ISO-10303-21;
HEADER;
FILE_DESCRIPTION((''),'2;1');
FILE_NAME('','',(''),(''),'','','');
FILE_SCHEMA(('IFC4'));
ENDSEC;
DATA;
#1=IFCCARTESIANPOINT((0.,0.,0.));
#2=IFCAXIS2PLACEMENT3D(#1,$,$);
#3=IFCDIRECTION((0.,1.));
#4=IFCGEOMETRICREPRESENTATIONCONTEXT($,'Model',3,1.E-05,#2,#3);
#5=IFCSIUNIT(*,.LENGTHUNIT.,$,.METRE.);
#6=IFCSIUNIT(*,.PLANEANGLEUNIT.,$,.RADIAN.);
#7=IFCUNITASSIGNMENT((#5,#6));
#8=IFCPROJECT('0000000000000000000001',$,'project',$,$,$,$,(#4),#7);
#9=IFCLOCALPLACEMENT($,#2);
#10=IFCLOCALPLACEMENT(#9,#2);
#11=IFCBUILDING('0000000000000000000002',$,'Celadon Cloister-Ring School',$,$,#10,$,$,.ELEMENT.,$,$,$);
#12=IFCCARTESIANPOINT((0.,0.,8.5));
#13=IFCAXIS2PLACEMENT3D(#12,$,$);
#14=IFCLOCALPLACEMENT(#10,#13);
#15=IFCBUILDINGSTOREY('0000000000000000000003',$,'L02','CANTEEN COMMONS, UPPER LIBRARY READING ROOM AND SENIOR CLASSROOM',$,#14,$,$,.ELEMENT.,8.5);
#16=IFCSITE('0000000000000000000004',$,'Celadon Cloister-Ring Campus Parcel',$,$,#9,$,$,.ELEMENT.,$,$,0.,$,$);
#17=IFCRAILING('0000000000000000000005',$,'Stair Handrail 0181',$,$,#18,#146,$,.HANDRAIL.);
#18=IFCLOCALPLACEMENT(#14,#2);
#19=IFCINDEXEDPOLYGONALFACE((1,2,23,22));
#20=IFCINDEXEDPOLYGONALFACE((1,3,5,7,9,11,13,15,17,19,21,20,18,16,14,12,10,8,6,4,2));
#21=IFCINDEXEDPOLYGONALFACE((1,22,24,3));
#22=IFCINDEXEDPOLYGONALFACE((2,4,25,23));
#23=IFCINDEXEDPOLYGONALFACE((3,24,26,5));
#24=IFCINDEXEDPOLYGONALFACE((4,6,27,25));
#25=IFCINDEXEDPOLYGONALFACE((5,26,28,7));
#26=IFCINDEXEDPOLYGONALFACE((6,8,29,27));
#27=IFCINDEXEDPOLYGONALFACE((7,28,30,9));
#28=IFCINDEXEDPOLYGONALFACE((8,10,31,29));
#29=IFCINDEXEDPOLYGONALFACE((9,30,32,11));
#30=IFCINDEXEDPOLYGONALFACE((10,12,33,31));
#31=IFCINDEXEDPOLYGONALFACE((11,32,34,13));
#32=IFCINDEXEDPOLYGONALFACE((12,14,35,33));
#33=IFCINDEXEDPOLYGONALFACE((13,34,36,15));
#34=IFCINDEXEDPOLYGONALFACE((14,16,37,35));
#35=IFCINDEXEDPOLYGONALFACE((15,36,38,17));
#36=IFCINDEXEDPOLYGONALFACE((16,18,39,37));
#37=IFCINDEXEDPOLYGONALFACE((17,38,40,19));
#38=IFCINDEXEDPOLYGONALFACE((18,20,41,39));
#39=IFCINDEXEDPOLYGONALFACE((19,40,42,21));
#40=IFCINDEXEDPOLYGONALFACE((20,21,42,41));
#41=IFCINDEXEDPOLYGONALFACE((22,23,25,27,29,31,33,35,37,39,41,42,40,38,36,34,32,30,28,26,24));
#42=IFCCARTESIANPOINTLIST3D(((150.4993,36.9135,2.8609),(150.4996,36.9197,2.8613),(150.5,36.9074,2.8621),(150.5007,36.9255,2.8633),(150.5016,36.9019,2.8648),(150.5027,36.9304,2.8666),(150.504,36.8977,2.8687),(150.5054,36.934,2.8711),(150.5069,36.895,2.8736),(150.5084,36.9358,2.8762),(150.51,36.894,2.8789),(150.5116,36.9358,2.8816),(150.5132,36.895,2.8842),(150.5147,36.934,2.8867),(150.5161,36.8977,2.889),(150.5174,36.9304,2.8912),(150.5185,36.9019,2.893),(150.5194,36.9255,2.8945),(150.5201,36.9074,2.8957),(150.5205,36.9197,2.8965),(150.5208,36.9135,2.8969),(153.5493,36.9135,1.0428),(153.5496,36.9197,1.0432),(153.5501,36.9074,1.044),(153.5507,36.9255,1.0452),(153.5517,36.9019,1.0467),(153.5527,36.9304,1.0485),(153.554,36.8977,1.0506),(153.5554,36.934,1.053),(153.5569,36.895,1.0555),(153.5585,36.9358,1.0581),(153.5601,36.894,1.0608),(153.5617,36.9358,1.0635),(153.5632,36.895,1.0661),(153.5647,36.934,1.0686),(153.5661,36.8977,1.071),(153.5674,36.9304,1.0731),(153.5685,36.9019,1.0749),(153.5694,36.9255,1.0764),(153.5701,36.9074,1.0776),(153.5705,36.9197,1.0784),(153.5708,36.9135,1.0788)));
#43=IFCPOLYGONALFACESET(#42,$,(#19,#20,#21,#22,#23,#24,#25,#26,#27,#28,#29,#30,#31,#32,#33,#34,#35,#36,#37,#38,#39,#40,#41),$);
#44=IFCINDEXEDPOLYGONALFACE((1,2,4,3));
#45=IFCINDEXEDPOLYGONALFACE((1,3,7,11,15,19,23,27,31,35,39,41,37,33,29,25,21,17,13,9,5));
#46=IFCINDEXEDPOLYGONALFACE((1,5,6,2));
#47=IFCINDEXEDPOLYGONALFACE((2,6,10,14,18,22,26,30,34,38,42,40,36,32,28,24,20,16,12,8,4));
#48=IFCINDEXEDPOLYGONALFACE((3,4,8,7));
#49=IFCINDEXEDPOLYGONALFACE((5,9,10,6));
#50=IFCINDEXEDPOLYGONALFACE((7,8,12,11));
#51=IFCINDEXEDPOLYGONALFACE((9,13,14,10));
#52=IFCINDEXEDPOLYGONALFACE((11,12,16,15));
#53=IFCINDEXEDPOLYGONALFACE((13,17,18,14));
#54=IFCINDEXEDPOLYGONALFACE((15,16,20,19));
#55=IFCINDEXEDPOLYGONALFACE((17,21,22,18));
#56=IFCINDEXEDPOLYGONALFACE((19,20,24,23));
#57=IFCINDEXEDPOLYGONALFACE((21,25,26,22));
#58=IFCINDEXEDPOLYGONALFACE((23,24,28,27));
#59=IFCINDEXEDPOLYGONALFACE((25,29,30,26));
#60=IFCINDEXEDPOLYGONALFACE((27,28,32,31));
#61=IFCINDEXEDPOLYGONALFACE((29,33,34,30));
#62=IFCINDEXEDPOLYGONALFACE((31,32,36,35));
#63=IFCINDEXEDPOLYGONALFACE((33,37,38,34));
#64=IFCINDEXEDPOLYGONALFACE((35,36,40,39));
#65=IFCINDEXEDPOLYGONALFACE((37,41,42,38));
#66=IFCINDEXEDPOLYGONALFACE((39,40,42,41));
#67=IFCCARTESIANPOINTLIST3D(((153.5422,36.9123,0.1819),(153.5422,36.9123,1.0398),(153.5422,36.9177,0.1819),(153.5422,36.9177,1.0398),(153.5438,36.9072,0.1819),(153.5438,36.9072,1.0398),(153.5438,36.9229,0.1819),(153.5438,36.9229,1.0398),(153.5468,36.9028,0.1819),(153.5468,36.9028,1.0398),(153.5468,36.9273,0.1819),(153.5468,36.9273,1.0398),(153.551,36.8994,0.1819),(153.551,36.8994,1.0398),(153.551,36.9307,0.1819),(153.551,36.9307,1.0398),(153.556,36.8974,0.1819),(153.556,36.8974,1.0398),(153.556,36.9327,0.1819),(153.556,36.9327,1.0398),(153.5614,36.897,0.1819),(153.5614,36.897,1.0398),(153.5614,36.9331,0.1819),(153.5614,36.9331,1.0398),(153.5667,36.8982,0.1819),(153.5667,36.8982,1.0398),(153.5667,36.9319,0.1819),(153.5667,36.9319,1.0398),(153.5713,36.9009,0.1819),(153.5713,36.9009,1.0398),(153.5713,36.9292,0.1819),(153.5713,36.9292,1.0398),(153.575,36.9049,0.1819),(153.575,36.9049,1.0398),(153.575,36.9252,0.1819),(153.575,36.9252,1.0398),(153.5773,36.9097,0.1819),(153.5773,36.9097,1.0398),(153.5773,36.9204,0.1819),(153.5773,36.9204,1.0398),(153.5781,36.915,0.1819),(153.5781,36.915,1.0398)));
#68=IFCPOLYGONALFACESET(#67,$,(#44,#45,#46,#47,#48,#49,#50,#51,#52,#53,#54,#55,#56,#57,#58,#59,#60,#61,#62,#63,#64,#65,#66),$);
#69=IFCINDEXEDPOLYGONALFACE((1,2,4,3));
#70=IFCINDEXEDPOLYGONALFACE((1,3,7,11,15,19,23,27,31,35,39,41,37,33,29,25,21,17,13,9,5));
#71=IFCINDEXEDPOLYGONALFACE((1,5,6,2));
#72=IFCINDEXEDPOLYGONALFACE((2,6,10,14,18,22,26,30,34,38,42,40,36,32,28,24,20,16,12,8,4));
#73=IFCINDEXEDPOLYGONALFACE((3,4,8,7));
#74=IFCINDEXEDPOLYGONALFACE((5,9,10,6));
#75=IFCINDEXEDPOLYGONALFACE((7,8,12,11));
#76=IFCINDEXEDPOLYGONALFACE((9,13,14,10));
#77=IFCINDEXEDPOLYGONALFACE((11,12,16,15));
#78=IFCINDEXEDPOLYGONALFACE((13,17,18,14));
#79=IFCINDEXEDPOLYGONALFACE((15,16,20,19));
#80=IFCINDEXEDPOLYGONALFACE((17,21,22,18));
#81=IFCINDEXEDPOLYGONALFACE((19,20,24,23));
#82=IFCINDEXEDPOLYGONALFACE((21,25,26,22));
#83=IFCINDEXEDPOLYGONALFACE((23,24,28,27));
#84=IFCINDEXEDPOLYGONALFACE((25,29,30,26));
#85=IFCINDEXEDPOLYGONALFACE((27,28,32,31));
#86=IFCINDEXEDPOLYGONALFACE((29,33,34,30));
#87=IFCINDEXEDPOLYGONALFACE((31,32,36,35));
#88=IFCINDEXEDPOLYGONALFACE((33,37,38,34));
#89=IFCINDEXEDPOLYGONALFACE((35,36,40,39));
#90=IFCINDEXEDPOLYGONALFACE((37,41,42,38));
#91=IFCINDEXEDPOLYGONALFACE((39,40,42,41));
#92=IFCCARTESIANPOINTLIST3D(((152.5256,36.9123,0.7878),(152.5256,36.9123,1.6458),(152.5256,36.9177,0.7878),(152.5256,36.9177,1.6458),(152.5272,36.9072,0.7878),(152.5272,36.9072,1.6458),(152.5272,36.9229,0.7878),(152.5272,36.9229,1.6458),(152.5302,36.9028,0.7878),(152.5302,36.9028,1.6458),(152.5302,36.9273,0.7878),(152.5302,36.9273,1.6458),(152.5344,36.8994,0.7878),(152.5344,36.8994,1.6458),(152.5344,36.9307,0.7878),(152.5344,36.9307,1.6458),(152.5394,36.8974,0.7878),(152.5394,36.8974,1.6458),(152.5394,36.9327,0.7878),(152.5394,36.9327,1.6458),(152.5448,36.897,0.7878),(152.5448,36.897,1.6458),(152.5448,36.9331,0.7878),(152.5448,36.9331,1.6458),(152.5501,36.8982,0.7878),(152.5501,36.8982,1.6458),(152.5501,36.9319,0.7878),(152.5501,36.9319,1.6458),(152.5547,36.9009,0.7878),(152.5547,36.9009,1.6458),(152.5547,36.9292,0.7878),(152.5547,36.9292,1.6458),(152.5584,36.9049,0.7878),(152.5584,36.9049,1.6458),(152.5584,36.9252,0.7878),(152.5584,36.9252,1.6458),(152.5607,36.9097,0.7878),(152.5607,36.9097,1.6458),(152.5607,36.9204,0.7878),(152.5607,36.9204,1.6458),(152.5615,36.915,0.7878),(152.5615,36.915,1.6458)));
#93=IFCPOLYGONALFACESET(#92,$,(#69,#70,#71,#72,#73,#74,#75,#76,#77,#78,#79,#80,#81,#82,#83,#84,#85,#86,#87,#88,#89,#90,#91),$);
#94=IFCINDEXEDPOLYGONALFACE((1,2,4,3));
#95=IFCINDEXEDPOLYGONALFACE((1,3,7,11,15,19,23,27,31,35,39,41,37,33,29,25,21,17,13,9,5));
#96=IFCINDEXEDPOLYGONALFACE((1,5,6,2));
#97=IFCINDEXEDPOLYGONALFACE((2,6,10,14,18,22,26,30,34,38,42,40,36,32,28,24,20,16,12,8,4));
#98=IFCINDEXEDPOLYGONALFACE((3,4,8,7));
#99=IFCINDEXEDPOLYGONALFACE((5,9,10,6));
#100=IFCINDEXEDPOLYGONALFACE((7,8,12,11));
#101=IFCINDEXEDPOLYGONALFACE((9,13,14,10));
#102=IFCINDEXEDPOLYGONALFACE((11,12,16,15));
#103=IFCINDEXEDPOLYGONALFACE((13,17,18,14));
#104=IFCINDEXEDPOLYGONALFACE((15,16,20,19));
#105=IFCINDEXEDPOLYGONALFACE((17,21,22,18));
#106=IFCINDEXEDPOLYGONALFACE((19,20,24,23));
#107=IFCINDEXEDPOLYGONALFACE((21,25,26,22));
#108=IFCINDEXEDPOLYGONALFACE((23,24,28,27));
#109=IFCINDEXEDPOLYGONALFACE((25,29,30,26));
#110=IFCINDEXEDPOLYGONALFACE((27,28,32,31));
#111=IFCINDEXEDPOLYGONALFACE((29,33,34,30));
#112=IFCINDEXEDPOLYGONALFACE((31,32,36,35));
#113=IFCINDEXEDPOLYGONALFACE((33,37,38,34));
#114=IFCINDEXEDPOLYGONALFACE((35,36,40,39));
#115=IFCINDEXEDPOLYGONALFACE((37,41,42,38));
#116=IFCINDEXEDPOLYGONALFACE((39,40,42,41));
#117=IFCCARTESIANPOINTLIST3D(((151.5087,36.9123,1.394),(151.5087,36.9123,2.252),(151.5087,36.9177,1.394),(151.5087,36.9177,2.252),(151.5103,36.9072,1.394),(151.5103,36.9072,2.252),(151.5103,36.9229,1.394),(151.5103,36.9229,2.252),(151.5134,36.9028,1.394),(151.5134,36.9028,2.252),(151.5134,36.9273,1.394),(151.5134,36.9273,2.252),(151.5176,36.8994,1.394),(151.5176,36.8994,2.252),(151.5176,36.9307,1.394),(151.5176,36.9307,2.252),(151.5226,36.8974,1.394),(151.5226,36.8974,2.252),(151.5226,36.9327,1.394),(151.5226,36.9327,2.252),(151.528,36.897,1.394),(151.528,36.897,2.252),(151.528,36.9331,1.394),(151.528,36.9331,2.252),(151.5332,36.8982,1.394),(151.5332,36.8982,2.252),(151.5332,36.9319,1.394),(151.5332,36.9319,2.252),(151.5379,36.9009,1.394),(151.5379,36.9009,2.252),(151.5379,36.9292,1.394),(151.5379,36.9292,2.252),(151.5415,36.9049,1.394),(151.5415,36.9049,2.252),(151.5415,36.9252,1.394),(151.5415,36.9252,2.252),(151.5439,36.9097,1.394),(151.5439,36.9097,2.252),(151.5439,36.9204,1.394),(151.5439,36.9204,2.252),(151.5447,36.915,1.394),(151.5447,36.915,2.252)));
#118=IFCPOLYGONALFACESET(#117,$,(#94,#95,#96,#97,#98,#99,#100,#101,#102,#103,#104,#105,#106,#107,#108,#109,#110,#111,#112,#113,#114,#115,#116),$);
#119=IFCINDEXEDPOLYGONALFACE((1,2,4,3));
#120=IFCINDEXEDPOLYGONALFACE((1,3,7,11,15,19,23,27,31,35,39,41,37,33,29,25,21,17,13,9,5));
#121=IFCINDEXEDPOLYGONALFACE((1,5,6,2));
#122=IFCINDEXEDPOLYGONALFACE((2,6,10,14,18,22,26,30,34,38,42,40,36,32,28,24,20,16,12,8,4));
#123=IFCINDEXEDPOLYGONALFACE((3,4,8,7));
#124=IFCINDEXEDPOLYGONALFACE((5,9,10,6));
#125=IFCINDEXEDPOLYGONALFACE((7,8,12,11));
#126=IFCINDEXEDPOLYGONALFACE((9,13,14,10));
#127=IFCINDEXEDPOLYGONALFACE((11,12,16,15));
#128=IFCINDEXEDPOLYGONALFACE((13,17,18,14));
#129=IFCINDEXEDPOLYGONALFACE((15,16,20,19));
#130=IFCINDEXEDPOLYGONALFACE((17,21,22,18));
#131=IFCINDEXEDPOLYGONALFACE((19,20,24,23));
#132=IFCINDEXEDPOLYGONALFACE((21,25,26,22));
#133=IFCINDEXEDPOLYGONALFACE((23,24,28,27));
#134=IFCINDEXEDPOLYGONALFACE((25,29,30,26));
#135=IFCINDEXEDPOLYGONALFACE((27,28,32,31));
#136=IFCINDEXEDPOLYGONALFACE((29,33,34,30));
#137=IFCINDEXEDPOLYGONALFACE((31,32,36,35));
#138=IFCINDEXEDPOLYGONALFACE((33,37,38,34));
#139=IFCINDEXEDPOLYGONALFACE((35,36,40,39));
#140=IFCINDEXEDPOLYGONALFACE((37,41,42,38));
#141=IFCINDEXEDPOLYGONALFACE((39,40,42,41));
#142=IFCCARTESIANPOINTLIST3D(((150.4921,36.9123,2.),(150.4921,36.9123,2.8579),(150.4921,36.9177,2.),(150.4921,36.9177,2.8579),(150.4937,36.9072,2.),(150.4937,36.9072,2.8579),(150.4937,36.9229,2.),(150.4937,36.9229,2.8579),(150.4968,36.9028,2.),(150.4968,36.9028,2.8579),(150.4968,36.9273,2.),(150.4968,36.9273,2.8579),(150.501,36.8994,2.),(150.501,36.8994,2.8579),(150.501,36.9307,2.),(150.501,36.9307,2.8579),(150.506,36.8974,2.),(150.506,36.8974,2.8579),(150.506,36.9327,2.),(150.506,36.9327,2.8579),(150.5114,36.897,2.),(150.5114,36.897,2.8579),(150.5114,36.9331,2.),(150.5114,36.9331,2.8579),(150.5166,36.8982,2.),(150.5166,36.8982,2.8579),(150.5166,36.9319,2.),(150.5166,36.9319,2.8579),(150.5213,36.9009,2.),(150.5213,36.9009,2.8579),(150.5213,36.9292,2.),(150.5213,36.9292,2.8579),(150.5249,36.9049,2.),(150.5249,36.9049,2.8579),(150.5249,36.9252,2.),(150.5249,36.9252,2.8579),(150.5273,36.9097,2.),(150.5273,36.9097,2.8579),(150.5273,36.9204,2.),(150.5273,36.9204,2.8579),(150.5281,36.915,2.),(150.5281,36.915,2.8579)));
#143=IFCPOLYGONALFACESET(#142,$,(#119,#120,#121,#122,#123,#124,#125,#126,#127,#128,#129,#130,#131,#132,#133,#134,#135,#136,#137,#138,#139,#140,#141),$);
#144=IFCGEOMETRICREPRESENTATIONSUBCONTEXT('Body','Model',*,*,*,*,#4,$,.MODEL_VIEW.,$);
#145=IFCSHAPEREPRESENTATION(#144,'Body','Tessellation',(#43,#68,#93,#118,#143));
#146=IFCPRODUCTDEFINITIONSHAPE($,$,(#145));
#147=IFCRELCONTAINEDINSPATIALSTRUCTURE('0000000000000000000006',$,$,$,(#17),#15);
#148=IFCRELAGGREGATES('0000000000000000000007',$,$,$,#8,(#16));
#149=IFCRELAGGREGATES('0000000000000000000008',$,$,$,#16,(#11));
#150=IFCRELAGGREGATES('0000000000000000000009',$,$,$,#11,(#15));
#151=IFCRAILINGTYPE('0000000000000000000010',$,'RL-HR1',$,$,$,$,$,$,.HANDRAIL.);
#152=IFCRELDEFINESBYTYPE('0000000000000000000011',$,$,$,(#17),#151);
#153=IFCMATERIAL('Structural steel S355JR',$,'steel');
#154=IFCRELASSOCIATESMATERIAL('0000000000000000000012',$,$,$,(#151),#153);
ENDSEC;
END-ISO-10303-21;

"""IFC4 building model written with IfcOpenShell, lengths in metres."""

from ifc_helpers import new_model, si_unit, direction, frame, origin, origin_2d, place, context, subcontext, project, spatial, circle, extrude, material, type_object, element, save


model = new_model("IFC4")

# Units and contexts
model_context = context("Model", 3, precision=1e-05, world=origin(), true_north=direction((0.0, 1.0)))
body_context = subcontext(model_context, "Body", "Model", "MODEL_VIEW")
ifc_project = project(units=[si_unit("LENGTHUNIT", "METRE"), si_unit("PLANEANGLEUNIT", "RADIAN")], contexts=[model_context])

# Site, building, storey
site_placement = place(None, origin())
site = spatial("IfcSite", under=ifc_project, at=site_placement, Name="Celadon Cloister-Ring Campus Parcel", CompositionType="ELEMENT", RefElevation=0.0)
building_placement = place(site_placement, origin())
building = spatial("IfcBuilding", under=site, at=building_placement, Name="Celadon Cloister-Ring School", CompositionType="ELEMENT")
storey_placement = place(building_placement, frame((0.0, 0.0, 8.5)))
storey = spatial("IfcBuildingStorey", under=building, at=storey_placement, Name="L02", Description="CANTEEN COMMONS, UPPER LIBRARY READING ROOM AND SENIOR CLASSROOM", CompositionType="ELEMENT", Elevation=8.5)

# Railing
ifc_material_1 = material(Name="Structural steel S355JR", Category="steel")
railing_type_1 = type_object("IfcRailingType", Name="RL-HR1", PredefinedType="HANDRAIL", material=ifc_material_1)
railing_1_placement = place(storey_placement, frame((153.5601, 36.915, 0.1819)))
element("IfcRailing", 1, at=railing_1_placement, inside=storey, type_object=railing_type_1, Name="Stair Handrail 0181", PredefinedType="HANDRAIL", context=body_context, shape_type="SweptSolid", body=[
    extrude(circle(Radius=0.021, at=origin_2d()), frame((0.0, 0.0, 0.8789), z_axis=(-0.85897, 0.0, 0.512026), x_axis=(0.0, -1.0, 0.0)), (0.0, 0.0, 1.0), 3.5508),
    extrude(circle(Radius=0.0181, at=origin_2d()), origin(), (0.0, 0.0, 1.0), 0.8579),
    extrude(circle(Radius=0.0181, at=origin_2d()), frame((-1.0166, 0.0, 0.606)), (0.0, 0.0, 1.0), 0.8579),
    extrude(circle(Radius=0.0181, at=origin_2d()), frame((-2.0334, 0.0, 1.2122)), (0.0, 0.0, 1.0), 0.8579),
    extrude(circle(Radius=0.0181, at=origin_2d()), frame((-3.05, 0.0, 1.8181)), (0.0, 0.0, 1.0), 0.8579),
])

save(model, "model.ifc")
